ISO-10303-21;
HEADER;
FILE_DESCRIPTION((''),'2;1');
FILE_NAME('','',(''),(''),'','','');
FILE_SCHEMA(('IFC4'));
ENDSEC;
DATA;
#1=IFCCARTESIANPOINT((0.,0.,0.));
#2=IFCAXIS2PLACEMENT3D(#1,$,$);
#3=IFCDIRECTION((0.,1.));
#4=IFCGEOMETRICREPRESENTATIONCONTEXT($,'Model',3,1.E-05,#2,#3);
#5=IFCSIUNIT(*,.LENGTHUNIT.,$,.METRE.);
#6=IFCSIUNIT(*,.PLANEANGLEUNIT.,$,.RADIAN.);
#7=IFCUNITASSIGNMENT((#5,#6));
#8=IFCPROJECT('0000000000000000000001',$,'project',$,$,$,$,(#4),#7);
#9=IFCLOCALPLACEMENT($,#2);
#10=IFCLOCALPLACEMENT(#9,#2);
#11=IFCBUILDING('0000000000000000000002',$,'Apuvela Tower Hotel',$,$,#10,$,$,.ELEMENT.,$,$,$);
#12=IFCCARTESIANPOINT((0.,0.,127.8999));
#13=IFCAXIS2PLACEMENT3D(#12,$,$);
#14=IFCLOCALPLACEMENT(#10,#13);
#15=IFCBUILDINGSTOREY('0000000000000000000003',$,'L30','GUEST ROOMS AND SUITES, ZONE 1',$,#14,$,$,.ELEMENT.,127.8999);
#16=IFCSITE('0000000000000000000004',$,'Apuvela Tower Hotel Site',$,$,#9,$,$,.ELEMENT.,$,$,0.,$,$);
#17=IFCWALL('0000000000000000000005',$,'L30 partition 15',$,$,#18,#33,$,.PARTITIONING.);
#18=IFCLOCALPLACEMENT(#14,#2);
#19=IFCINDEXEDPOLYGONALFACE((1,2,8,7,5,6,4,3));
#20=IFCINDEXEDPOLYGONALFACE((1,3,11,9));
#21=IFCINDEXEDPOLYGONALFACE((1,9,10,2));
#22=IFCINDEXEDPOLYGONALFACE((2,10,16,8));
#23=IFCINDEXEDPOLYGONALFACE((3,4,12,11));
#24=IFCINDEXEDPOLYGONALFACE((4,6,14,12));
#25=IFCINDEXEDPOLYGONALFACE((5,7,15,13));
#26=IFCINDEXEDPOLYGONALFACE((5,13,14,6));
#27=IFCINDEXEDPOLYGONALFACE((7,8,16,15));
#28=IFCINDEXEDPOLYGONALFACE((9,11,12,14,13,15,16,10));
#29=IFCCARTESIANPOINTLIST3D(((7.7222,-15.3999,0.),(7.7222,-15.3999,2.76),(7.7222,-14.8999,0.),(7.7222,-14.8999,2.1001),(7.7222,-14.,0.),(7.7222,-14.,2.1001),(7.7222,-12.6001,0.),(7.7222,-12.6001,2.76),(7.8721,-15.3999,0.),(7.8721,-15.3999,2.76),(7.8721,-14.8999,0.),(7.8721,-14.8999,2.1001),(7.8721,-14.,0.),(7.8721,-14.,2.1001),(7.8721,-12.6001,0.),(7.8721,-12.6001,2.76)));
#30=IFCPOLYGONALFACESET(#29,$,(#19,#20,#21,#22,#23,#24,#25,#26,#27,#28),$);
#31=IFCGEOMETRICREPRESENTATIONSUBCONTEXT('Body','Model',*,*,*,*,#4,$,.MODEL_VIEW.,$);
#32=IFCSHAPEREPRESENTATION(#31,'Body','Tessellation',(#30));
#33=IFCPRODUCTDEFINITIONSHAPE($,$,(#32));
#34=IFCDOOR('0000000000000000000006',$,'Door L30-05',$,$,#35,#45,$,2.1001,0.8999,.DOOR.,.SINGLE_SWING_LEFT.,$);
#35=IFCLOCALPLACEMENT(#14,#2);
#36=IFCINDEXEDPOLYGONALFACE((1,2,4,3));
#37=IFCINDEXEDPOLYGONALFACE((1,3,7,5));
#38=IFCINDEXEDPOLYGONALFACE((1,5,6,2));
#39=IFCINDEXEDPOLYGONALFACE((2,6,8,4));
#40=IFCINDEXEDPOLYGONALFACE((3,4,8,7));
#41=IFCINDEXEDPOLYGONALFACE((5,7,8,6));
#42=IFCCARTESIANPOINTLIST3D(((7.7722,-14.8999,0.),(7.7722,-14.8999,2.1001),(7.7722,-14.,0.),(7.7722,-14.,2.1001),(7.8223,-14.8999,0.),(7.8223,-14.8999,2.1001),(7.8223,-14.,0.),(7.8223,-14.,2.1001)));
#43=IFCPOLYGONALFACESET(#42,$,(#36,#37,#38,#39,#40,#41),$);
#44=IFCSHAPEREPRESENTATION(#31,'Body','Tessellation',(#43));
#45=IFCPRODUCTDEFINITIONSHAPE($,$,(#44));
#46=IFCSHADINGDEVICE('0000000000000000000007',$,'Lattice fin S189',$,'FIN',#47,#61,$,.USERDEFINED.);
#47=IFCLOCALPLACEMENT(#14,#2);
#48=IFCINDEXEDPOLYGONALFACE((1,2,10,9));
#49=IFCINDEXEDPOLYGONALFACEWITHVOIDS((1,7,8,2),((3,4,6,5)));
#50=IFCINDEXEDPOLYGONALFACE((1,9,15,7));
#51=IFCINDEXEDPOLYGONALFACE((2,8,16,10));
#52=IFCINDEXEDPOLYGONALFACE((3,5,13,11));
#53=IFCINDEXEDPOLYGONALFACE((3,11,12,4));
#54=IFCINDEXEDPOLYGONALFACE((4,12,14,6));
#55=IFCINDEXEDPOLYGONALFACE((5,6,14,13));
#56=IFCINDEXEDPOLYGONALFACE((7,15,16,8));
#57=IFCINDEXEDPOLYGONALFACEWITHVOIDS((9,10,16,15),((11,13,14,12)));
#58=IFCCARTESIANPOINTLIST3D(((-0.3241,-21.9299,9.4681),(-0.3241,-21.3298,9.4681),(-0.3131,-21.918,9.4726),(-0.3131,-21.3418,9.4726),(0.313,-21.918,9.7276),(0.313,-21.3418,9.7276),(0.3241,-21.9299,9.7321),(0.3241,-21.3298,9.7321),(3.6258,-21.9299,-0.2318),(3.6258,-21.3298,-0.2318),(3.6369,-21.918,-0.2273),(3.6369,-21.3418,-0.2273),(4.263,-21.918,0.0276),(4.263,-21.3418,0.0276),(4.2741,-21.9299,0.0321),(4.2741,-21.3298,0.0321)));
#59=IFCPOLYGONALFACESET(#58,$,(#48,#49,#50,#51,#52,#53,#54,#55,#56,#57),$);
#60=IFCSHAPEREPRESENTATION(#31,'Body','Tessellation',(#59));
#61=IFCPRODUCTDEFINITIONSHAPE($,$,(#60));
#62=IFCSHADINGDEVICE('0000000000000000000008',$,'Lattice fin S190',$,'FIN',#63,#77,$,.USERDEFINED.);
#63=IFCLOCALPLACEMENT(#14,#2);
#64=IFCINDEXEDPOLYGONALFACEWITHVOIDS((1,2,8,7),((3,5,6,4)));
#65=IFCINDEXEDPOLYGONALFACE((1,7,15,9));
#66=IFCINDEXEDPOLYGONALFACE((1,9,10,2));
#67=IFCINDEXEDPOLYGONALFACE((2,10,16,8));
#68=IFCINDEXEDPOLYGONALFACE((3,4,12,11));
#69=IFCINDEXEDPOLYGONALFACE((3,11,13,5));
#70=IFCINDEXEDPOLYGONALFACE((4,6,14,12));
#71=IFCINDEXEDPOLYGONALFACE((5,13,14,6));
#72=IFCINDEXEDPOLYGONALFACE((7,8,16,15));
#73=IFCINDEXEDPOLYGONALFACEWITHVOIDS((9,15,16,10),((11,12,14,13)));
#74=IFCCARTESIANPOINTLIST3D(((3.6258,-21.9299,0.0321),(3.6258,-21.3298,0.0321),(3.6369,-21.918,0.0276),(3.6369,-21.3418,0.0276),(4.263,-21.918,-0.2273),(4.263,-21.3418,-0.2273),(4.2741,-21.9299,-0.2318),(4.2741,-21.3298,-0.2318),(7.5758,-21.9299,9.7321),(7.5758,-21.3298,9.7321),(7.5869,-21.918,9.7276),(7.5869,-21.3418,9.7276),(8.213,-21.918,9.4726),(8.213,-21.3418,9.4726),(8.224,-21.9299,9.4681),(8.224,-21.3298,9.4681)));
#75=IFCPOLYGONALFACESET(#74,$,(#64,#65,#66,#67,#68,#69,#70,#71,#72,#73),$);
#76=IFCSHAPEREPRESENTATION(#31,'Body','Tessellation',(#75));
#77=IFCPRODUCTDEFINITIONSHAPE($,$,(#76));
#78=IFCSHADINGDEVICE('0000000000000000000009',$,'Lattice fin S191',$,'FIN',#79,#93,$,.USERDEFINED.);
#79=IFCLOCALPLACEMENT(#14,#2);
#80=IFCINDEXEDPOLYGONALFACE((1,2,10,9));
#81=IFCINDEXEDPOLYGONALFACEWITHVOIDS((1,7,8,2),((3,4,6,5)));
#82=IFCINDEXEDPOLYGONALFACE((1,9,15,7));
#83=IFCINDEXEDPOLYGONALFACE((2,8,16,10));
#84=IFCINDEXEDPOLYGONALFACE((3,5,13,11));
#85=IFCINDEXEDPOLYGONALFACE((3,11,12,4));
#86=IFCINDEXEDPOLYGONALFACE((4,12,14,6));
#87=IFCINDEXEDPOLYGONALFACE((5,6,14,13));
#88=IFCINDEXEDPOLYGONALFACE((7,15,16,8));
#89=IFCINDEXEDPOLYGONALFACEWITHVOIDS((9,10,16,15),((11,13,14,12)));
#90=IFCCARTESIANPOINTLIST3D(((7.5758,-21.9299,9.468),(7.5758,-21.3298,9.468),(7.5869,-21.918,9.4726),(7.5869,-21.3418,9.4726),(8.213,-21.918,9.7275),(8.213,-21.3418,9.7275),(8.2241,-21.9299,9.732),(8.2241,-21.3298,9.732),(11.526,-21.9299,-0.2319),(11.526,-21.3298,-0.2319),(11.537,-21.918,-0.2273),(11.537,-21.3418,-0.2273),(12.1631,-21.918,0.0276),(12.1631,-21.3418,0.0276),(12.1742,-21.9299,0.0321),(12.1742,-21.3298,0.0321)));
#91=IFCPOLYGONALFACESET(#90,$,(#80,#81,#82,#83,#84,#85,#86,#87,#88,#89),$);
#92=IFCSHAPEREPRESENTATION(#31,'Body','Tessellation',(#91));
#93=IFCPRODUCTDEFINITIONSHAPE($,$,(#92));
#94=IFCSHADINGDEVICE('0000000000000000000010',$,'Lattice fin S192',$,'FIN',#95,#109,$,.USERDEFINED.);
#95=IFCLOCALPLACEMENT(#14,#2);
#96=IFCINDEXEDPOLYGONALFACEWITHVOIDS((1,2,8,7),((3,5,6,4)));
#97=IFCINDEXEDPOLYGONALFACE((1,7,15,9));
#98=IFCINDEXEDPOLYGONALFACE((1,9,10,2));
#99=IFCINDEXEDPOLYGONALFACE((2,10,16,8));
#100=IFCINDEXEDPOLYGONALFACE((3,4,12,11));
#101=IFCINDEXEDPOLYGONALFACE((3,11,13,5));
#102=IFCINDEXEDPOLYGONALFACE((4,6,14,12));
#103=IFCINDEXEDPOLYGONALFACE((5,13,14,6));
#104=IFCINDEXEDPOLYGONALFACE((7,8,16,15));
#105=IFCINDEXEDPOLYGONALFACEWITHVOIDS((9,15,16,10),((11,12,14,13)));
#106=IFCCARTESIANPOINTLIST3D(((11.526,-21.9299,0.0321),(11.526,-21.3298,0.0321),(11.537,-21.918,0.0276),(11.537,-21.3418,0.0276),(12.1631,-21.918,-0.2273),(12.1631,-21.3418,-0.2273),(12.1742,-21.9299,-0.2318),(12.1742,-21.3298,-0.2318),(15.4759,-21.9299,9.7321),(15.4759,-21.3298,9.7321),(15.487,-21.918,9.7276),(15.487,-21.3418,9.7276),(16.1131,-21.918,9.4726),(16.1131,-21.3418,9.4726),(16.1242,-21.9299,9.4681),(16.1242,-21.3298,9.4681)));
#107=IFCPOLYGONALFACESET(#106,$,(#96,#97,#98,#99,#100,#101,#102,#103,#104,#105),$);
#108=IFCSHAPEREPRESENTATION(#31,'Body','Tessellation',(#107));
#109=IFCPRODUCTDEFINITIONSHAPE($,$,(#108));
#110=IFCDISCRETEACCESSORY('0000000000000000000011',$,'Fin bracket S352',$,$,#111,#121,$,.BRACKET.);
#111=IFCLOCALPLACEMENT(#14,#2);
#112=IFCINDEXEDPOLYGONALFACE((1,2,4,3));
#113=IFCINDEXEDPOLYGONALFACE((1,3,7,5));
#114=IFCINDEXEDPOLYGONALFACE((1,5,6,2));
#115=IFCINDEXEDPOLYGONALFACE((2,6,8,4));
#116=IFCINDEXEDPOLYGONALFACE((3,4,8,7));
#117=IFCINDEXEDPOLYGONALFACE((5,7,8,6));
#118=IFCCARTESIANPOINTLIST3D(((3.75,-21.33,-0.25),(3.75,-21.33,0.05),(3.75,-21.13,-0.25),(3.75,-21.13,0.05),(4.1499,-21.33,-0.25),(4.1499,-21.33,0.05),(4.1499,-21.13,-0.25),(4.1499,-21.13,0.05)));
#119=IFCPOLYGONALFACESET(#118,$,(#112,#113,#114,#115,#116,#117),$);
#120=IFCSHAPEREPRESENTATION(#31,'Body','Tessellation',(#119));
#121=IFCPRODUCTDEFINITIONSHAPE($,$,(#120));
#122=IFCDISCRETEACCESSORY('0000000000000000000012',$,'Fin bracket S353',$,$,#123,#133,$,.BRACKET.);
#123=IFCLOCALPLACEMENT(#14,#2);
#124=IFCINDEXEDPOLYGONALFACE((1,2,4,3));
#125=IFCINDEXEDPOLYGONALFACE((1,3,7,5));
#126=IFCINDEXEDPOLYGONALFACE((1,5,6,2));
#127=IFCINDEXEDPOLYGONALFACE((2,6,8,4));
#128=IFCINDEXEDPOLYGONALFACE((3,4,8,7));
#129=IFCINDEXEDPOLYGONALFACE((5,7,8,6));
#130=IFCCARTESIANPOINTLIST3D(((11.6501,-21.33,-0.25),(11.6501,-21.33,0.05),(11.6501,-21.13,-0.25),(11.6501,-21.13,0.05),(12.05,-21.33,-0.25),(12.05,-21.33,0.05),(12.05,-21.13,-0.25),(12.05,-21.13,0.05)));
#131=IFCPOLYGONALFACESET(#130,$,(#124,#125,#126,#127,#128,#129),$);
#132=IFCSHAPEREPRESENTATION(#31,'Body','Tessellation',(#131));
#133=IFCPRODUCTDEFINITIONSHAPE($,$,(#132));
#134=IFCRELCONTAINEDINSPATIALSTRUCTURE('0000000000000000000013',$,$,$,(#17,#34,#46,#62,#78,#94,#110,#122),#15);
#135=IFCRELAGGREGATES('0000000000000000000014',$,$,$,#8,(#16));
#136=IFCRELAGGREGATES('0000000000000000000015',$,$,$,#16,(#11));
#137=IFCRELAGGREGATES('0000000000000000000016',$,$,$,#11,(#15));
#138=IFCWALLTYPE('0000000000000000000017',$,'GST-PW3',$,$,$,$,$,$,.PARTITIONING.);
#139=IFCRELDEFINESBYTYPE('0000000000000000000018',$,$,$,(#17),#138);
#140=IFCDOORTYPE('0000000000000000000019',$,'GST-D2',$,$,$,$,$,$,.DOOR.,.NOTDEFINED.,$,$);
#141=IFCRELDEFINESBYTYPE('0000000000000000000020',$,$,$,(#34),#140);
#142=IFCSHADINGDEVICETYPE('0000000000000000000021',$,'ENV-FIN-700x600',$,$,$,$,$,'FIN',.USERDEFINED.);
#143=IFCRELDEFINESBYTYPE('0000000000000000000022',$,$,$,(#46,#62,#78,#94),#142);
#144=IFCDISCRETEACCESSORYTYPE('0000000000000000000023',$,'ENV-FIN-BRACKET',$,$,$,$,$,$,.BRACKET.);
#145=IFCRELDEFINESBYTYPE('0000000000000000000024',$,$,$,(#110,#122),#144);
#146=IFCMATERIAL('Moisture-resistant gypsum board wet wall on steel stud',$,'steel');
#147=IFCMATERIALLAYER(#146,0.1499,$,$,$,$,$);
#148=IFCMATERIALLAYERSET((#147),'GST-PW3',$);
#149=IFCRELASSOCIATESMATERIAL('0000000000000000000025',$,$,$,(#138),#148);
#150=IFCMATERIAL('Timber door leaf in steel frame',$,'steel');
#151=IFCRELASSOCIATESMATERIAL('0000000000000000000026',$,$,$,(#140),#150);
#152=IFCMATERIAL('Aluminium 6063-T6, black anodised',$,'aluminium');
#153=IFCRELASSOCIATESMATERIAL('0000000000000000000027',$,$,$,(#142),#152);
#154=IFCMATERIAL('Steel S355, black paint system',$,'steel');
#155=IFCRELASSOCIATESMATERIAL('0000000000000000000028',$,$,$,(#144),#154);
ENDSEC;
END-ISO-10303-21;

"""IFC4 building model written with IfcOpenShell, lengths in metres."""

from ifc_helpers import new_model, si_unit, direction, frame, frame_2d, origin, origin_2d, place, context, subcontext, project, spatial, rectangle, hollow_rectangle, extrude, material, layer, layer_set, material_profile, profile_set, type_object, element, fill, save


model = new_model("IFC4")

# Units and contexts
model_context = context("Model", 3, precision=1e-05, world=origin(), true_north=direction((0.0, 1.0)))
body_context = subcontext(model_context, "Body", "Model", "MODEL_VIEW")
ifc_project = project(units=[si_unit("LENGTHUNIT", "METRE"), si_unit("PLANEANGLEUNIT", "RADIAN")], contexts=[model_context])

# Site, building, storey
site_placement = place(None, origin())
site = spatial("IfcSite", under=ifc_project, at=site_placement, Name="Apuvela Tower Hotel Site", CompositionType="ELEMENT", RefElevation=0.0)
building_placement = place(site_placement, origin())
building = spatial("IfcBuilding", under=site, at=building_placement, Name="Apuvela Tower Hotel", CompositionType="ELEMENT")
storey_placement = place(building_placement, frame((0.0, 0.0, 127.8999)))
storey = spatial("IfcBuildingStorey", under=building, at=storey_placement, Name="L30", Description="GUEST ROOMS AND SUITES, ZONE 1", CompositionType="ELEMENT", Elevation=127.8999)

# Shared definitions
ifc_material_1 = material(Name="Moisture-resistant gypsum board wet wall on steel stud", Category="steel")
ifc_layer_1 = layer(ifc_material_1, 0.1499)
ifc_layer_set_1 = layer_set([ifc_layer_1], Name="GST-PW3")
wall_type_1 = type_object("IfcWallType", Name="GST-PW3", PredefinedType="PARTITIONING", material=ifc_layer_set_1)

# Wall, opening, door
wall_1_placement = place(storey_placement, frame((7.7971, -15.3999, 0.0), z_axis=(0.0, 0.0, 1.0), x_axis=(0.0, 1.0, 0.0)))
wall_1 = element("IfcWall", 1, at=wall_1_placement, inside=storey, type_object=wall_type_1, Name="L30 partition 15", PredefinedType="PARTITIONING", context=body_context, shape_type="SweptSolid", body=[
    extrude(rectangle(XDim=2.7998, YDim=0.1499, at=frame_2d((1.3999, 0.0))), origin(), (0.0, 0.0, 1.0), 2.76),
])
opening_1_placement = place(wall_1_placement, frame((0.5, 0.0, 0.0)))
opening_1 = element("IfcOpeningElement", 2, at=opening_1_placement, cuts=wall_1, PredefinedType="OPENING", context=body_context, shape_type="SweptSolid", body=[
    extrude(rectangle(XDim=0.8999, YDim=2.1001, at=frame_2d((0.45, 1.05))), frame((0.0, 0.085, 0.0), z_axis=(0.0, -1.0, 0.0), x_axis=(1.0, 0.0, 0.0)), (0.0, 0.0, 1.0), 0.1699),
])
ifc_material_2 = material(Name="Timber door leaf in steel frame", Category="steel")
door_type_1 = type_object("IfcDoorType", Name="GST-D2", OperationType="NOTDEFINED", PredefinedType="DOOR", material=ifc_material_2)
door_1_placement = place(opening_1_placement, origin())
door_1 = element("IfcDoor", 3, at=door_1_placement, inside=storey, type_object=door_type_1, Name="Door L30-05", OperationType="SINGLE_SWING_LEFT", OverallHeight=2.1001, OverallWidth=0.8999, PredefinedType="DOOR", context=body_context, shape_type="SweptSolid", body=[
    extrude(rectangle(XDim=0.8999, YDim=2.1001, at=frame_2d((0.45, 1.05))), frame((0.0, 0.0249, 0.0), z_axis=(0.0, -1.0, 0.0), x_axis=(1.0, 0.0, 0.0)), (0.0, 0.0, 1.0), 0.05),
])
fill(opening_1, door_1)

# Shading devices
ifc_material_3 = material(Name="Aluminium 6063-T6, black anodised", Category="aluminium")
ifc_material_profile_1 = material_profile(ifc_material_3, hollow_rectangle(XDim=0.6001, YDim=0.7, WallThickness=0.012, at=origin_2d()), Name="AL BOX 700x600x12")
ifc_profile_set_1 = profile_set([ifc_material_profile_1], Name="Aluminium 6063-T6, black anodised")
shading_device_type = type_object("IfcShadingDeviceType", Name="ENV-FIN-700x600", ElementType="FIN", PredefinedType="USERDEFINED", material=ifc_profile_set_1)
for number, where, z_axis, x_axis, name in (
    (4, (3.95, -21.6299, -0.0999), (-0.377143, 0.0, 0.926155), (0.0, -1.0, 0.0), "Lattice fin S189"),
    (5, (3.95, -21.6299, -0.0999), (0.377143, 0.0, 0.926155), (0.0, 1.0, 0.0), "Lattice fin S190"),
    (6, (11.8501, -21.6299, -0.0999), (-0.377163, 0.0, 0.926147), (0.0, -1.0, 0.0), "Lattice fin S191"),
    (7, (11.8501, -21.6299, -0.0999), (0.377143, 0.0, 0.926155), (0.0, 1.0, 0.0), "Lattice fin S192"),
):
    element("IfcShadingDevice", number, at=place(storey_placement, frame(where, z_axis=z_axis, x_axis=x_axis)), inside=storey, type_object=shading_device_type, Name=name, ObjectType="FIN", PredefinedType="USERDEFINED", context=body_context, shape_type="SweptSolid", body=[
        extrude(hollow_rectangle(XDim=0.6001, YDim=0.7, WallThickness=0.012, at=origin_2d()), origin(), (0.0, 0.0, 1.0), 10.4734),
    ])

# Discrete accessories
ifc_material_4 = material(Name="Steel S355, black paint system", Category="steel")
discrete_accessory_type = type_object("IfcDiscreteAccessoryType", Name="ENV-FIN-BRACKET", PredefinedType="BRACKET", material=ifc_material_4)
for number, where, z_axis, x_axis, name in (
    (8, (3.95, -21.23, -0.25), (0.0, 0.0, 1.0), (1.0, 0.0, 0.0), "Fin bracket S352"),
    (9, (11.8501, -21.23, -0.25), (0.0, 0.0, 1.0), (1.0, 0.0, 0.0), "Fin bracket S353"),
):
    element("IfcDiscreteAccessory", number, at=place(storey_placement, frame(where, z_axis=z_axis, x_axis=x_axis)), inside=storey, type_object=discrete_accessory_type, Name=name, PredefinedType="BRACKET", context=body_context, shape_type="SweptSolid", body=[
        extrude(rectangle(XDim=0.3999, YDim=0.2, at=origin_2d()), origin(), (0.0, 0.0, 1.0), 0.3),
    ])

save(model, "model.ifc")
